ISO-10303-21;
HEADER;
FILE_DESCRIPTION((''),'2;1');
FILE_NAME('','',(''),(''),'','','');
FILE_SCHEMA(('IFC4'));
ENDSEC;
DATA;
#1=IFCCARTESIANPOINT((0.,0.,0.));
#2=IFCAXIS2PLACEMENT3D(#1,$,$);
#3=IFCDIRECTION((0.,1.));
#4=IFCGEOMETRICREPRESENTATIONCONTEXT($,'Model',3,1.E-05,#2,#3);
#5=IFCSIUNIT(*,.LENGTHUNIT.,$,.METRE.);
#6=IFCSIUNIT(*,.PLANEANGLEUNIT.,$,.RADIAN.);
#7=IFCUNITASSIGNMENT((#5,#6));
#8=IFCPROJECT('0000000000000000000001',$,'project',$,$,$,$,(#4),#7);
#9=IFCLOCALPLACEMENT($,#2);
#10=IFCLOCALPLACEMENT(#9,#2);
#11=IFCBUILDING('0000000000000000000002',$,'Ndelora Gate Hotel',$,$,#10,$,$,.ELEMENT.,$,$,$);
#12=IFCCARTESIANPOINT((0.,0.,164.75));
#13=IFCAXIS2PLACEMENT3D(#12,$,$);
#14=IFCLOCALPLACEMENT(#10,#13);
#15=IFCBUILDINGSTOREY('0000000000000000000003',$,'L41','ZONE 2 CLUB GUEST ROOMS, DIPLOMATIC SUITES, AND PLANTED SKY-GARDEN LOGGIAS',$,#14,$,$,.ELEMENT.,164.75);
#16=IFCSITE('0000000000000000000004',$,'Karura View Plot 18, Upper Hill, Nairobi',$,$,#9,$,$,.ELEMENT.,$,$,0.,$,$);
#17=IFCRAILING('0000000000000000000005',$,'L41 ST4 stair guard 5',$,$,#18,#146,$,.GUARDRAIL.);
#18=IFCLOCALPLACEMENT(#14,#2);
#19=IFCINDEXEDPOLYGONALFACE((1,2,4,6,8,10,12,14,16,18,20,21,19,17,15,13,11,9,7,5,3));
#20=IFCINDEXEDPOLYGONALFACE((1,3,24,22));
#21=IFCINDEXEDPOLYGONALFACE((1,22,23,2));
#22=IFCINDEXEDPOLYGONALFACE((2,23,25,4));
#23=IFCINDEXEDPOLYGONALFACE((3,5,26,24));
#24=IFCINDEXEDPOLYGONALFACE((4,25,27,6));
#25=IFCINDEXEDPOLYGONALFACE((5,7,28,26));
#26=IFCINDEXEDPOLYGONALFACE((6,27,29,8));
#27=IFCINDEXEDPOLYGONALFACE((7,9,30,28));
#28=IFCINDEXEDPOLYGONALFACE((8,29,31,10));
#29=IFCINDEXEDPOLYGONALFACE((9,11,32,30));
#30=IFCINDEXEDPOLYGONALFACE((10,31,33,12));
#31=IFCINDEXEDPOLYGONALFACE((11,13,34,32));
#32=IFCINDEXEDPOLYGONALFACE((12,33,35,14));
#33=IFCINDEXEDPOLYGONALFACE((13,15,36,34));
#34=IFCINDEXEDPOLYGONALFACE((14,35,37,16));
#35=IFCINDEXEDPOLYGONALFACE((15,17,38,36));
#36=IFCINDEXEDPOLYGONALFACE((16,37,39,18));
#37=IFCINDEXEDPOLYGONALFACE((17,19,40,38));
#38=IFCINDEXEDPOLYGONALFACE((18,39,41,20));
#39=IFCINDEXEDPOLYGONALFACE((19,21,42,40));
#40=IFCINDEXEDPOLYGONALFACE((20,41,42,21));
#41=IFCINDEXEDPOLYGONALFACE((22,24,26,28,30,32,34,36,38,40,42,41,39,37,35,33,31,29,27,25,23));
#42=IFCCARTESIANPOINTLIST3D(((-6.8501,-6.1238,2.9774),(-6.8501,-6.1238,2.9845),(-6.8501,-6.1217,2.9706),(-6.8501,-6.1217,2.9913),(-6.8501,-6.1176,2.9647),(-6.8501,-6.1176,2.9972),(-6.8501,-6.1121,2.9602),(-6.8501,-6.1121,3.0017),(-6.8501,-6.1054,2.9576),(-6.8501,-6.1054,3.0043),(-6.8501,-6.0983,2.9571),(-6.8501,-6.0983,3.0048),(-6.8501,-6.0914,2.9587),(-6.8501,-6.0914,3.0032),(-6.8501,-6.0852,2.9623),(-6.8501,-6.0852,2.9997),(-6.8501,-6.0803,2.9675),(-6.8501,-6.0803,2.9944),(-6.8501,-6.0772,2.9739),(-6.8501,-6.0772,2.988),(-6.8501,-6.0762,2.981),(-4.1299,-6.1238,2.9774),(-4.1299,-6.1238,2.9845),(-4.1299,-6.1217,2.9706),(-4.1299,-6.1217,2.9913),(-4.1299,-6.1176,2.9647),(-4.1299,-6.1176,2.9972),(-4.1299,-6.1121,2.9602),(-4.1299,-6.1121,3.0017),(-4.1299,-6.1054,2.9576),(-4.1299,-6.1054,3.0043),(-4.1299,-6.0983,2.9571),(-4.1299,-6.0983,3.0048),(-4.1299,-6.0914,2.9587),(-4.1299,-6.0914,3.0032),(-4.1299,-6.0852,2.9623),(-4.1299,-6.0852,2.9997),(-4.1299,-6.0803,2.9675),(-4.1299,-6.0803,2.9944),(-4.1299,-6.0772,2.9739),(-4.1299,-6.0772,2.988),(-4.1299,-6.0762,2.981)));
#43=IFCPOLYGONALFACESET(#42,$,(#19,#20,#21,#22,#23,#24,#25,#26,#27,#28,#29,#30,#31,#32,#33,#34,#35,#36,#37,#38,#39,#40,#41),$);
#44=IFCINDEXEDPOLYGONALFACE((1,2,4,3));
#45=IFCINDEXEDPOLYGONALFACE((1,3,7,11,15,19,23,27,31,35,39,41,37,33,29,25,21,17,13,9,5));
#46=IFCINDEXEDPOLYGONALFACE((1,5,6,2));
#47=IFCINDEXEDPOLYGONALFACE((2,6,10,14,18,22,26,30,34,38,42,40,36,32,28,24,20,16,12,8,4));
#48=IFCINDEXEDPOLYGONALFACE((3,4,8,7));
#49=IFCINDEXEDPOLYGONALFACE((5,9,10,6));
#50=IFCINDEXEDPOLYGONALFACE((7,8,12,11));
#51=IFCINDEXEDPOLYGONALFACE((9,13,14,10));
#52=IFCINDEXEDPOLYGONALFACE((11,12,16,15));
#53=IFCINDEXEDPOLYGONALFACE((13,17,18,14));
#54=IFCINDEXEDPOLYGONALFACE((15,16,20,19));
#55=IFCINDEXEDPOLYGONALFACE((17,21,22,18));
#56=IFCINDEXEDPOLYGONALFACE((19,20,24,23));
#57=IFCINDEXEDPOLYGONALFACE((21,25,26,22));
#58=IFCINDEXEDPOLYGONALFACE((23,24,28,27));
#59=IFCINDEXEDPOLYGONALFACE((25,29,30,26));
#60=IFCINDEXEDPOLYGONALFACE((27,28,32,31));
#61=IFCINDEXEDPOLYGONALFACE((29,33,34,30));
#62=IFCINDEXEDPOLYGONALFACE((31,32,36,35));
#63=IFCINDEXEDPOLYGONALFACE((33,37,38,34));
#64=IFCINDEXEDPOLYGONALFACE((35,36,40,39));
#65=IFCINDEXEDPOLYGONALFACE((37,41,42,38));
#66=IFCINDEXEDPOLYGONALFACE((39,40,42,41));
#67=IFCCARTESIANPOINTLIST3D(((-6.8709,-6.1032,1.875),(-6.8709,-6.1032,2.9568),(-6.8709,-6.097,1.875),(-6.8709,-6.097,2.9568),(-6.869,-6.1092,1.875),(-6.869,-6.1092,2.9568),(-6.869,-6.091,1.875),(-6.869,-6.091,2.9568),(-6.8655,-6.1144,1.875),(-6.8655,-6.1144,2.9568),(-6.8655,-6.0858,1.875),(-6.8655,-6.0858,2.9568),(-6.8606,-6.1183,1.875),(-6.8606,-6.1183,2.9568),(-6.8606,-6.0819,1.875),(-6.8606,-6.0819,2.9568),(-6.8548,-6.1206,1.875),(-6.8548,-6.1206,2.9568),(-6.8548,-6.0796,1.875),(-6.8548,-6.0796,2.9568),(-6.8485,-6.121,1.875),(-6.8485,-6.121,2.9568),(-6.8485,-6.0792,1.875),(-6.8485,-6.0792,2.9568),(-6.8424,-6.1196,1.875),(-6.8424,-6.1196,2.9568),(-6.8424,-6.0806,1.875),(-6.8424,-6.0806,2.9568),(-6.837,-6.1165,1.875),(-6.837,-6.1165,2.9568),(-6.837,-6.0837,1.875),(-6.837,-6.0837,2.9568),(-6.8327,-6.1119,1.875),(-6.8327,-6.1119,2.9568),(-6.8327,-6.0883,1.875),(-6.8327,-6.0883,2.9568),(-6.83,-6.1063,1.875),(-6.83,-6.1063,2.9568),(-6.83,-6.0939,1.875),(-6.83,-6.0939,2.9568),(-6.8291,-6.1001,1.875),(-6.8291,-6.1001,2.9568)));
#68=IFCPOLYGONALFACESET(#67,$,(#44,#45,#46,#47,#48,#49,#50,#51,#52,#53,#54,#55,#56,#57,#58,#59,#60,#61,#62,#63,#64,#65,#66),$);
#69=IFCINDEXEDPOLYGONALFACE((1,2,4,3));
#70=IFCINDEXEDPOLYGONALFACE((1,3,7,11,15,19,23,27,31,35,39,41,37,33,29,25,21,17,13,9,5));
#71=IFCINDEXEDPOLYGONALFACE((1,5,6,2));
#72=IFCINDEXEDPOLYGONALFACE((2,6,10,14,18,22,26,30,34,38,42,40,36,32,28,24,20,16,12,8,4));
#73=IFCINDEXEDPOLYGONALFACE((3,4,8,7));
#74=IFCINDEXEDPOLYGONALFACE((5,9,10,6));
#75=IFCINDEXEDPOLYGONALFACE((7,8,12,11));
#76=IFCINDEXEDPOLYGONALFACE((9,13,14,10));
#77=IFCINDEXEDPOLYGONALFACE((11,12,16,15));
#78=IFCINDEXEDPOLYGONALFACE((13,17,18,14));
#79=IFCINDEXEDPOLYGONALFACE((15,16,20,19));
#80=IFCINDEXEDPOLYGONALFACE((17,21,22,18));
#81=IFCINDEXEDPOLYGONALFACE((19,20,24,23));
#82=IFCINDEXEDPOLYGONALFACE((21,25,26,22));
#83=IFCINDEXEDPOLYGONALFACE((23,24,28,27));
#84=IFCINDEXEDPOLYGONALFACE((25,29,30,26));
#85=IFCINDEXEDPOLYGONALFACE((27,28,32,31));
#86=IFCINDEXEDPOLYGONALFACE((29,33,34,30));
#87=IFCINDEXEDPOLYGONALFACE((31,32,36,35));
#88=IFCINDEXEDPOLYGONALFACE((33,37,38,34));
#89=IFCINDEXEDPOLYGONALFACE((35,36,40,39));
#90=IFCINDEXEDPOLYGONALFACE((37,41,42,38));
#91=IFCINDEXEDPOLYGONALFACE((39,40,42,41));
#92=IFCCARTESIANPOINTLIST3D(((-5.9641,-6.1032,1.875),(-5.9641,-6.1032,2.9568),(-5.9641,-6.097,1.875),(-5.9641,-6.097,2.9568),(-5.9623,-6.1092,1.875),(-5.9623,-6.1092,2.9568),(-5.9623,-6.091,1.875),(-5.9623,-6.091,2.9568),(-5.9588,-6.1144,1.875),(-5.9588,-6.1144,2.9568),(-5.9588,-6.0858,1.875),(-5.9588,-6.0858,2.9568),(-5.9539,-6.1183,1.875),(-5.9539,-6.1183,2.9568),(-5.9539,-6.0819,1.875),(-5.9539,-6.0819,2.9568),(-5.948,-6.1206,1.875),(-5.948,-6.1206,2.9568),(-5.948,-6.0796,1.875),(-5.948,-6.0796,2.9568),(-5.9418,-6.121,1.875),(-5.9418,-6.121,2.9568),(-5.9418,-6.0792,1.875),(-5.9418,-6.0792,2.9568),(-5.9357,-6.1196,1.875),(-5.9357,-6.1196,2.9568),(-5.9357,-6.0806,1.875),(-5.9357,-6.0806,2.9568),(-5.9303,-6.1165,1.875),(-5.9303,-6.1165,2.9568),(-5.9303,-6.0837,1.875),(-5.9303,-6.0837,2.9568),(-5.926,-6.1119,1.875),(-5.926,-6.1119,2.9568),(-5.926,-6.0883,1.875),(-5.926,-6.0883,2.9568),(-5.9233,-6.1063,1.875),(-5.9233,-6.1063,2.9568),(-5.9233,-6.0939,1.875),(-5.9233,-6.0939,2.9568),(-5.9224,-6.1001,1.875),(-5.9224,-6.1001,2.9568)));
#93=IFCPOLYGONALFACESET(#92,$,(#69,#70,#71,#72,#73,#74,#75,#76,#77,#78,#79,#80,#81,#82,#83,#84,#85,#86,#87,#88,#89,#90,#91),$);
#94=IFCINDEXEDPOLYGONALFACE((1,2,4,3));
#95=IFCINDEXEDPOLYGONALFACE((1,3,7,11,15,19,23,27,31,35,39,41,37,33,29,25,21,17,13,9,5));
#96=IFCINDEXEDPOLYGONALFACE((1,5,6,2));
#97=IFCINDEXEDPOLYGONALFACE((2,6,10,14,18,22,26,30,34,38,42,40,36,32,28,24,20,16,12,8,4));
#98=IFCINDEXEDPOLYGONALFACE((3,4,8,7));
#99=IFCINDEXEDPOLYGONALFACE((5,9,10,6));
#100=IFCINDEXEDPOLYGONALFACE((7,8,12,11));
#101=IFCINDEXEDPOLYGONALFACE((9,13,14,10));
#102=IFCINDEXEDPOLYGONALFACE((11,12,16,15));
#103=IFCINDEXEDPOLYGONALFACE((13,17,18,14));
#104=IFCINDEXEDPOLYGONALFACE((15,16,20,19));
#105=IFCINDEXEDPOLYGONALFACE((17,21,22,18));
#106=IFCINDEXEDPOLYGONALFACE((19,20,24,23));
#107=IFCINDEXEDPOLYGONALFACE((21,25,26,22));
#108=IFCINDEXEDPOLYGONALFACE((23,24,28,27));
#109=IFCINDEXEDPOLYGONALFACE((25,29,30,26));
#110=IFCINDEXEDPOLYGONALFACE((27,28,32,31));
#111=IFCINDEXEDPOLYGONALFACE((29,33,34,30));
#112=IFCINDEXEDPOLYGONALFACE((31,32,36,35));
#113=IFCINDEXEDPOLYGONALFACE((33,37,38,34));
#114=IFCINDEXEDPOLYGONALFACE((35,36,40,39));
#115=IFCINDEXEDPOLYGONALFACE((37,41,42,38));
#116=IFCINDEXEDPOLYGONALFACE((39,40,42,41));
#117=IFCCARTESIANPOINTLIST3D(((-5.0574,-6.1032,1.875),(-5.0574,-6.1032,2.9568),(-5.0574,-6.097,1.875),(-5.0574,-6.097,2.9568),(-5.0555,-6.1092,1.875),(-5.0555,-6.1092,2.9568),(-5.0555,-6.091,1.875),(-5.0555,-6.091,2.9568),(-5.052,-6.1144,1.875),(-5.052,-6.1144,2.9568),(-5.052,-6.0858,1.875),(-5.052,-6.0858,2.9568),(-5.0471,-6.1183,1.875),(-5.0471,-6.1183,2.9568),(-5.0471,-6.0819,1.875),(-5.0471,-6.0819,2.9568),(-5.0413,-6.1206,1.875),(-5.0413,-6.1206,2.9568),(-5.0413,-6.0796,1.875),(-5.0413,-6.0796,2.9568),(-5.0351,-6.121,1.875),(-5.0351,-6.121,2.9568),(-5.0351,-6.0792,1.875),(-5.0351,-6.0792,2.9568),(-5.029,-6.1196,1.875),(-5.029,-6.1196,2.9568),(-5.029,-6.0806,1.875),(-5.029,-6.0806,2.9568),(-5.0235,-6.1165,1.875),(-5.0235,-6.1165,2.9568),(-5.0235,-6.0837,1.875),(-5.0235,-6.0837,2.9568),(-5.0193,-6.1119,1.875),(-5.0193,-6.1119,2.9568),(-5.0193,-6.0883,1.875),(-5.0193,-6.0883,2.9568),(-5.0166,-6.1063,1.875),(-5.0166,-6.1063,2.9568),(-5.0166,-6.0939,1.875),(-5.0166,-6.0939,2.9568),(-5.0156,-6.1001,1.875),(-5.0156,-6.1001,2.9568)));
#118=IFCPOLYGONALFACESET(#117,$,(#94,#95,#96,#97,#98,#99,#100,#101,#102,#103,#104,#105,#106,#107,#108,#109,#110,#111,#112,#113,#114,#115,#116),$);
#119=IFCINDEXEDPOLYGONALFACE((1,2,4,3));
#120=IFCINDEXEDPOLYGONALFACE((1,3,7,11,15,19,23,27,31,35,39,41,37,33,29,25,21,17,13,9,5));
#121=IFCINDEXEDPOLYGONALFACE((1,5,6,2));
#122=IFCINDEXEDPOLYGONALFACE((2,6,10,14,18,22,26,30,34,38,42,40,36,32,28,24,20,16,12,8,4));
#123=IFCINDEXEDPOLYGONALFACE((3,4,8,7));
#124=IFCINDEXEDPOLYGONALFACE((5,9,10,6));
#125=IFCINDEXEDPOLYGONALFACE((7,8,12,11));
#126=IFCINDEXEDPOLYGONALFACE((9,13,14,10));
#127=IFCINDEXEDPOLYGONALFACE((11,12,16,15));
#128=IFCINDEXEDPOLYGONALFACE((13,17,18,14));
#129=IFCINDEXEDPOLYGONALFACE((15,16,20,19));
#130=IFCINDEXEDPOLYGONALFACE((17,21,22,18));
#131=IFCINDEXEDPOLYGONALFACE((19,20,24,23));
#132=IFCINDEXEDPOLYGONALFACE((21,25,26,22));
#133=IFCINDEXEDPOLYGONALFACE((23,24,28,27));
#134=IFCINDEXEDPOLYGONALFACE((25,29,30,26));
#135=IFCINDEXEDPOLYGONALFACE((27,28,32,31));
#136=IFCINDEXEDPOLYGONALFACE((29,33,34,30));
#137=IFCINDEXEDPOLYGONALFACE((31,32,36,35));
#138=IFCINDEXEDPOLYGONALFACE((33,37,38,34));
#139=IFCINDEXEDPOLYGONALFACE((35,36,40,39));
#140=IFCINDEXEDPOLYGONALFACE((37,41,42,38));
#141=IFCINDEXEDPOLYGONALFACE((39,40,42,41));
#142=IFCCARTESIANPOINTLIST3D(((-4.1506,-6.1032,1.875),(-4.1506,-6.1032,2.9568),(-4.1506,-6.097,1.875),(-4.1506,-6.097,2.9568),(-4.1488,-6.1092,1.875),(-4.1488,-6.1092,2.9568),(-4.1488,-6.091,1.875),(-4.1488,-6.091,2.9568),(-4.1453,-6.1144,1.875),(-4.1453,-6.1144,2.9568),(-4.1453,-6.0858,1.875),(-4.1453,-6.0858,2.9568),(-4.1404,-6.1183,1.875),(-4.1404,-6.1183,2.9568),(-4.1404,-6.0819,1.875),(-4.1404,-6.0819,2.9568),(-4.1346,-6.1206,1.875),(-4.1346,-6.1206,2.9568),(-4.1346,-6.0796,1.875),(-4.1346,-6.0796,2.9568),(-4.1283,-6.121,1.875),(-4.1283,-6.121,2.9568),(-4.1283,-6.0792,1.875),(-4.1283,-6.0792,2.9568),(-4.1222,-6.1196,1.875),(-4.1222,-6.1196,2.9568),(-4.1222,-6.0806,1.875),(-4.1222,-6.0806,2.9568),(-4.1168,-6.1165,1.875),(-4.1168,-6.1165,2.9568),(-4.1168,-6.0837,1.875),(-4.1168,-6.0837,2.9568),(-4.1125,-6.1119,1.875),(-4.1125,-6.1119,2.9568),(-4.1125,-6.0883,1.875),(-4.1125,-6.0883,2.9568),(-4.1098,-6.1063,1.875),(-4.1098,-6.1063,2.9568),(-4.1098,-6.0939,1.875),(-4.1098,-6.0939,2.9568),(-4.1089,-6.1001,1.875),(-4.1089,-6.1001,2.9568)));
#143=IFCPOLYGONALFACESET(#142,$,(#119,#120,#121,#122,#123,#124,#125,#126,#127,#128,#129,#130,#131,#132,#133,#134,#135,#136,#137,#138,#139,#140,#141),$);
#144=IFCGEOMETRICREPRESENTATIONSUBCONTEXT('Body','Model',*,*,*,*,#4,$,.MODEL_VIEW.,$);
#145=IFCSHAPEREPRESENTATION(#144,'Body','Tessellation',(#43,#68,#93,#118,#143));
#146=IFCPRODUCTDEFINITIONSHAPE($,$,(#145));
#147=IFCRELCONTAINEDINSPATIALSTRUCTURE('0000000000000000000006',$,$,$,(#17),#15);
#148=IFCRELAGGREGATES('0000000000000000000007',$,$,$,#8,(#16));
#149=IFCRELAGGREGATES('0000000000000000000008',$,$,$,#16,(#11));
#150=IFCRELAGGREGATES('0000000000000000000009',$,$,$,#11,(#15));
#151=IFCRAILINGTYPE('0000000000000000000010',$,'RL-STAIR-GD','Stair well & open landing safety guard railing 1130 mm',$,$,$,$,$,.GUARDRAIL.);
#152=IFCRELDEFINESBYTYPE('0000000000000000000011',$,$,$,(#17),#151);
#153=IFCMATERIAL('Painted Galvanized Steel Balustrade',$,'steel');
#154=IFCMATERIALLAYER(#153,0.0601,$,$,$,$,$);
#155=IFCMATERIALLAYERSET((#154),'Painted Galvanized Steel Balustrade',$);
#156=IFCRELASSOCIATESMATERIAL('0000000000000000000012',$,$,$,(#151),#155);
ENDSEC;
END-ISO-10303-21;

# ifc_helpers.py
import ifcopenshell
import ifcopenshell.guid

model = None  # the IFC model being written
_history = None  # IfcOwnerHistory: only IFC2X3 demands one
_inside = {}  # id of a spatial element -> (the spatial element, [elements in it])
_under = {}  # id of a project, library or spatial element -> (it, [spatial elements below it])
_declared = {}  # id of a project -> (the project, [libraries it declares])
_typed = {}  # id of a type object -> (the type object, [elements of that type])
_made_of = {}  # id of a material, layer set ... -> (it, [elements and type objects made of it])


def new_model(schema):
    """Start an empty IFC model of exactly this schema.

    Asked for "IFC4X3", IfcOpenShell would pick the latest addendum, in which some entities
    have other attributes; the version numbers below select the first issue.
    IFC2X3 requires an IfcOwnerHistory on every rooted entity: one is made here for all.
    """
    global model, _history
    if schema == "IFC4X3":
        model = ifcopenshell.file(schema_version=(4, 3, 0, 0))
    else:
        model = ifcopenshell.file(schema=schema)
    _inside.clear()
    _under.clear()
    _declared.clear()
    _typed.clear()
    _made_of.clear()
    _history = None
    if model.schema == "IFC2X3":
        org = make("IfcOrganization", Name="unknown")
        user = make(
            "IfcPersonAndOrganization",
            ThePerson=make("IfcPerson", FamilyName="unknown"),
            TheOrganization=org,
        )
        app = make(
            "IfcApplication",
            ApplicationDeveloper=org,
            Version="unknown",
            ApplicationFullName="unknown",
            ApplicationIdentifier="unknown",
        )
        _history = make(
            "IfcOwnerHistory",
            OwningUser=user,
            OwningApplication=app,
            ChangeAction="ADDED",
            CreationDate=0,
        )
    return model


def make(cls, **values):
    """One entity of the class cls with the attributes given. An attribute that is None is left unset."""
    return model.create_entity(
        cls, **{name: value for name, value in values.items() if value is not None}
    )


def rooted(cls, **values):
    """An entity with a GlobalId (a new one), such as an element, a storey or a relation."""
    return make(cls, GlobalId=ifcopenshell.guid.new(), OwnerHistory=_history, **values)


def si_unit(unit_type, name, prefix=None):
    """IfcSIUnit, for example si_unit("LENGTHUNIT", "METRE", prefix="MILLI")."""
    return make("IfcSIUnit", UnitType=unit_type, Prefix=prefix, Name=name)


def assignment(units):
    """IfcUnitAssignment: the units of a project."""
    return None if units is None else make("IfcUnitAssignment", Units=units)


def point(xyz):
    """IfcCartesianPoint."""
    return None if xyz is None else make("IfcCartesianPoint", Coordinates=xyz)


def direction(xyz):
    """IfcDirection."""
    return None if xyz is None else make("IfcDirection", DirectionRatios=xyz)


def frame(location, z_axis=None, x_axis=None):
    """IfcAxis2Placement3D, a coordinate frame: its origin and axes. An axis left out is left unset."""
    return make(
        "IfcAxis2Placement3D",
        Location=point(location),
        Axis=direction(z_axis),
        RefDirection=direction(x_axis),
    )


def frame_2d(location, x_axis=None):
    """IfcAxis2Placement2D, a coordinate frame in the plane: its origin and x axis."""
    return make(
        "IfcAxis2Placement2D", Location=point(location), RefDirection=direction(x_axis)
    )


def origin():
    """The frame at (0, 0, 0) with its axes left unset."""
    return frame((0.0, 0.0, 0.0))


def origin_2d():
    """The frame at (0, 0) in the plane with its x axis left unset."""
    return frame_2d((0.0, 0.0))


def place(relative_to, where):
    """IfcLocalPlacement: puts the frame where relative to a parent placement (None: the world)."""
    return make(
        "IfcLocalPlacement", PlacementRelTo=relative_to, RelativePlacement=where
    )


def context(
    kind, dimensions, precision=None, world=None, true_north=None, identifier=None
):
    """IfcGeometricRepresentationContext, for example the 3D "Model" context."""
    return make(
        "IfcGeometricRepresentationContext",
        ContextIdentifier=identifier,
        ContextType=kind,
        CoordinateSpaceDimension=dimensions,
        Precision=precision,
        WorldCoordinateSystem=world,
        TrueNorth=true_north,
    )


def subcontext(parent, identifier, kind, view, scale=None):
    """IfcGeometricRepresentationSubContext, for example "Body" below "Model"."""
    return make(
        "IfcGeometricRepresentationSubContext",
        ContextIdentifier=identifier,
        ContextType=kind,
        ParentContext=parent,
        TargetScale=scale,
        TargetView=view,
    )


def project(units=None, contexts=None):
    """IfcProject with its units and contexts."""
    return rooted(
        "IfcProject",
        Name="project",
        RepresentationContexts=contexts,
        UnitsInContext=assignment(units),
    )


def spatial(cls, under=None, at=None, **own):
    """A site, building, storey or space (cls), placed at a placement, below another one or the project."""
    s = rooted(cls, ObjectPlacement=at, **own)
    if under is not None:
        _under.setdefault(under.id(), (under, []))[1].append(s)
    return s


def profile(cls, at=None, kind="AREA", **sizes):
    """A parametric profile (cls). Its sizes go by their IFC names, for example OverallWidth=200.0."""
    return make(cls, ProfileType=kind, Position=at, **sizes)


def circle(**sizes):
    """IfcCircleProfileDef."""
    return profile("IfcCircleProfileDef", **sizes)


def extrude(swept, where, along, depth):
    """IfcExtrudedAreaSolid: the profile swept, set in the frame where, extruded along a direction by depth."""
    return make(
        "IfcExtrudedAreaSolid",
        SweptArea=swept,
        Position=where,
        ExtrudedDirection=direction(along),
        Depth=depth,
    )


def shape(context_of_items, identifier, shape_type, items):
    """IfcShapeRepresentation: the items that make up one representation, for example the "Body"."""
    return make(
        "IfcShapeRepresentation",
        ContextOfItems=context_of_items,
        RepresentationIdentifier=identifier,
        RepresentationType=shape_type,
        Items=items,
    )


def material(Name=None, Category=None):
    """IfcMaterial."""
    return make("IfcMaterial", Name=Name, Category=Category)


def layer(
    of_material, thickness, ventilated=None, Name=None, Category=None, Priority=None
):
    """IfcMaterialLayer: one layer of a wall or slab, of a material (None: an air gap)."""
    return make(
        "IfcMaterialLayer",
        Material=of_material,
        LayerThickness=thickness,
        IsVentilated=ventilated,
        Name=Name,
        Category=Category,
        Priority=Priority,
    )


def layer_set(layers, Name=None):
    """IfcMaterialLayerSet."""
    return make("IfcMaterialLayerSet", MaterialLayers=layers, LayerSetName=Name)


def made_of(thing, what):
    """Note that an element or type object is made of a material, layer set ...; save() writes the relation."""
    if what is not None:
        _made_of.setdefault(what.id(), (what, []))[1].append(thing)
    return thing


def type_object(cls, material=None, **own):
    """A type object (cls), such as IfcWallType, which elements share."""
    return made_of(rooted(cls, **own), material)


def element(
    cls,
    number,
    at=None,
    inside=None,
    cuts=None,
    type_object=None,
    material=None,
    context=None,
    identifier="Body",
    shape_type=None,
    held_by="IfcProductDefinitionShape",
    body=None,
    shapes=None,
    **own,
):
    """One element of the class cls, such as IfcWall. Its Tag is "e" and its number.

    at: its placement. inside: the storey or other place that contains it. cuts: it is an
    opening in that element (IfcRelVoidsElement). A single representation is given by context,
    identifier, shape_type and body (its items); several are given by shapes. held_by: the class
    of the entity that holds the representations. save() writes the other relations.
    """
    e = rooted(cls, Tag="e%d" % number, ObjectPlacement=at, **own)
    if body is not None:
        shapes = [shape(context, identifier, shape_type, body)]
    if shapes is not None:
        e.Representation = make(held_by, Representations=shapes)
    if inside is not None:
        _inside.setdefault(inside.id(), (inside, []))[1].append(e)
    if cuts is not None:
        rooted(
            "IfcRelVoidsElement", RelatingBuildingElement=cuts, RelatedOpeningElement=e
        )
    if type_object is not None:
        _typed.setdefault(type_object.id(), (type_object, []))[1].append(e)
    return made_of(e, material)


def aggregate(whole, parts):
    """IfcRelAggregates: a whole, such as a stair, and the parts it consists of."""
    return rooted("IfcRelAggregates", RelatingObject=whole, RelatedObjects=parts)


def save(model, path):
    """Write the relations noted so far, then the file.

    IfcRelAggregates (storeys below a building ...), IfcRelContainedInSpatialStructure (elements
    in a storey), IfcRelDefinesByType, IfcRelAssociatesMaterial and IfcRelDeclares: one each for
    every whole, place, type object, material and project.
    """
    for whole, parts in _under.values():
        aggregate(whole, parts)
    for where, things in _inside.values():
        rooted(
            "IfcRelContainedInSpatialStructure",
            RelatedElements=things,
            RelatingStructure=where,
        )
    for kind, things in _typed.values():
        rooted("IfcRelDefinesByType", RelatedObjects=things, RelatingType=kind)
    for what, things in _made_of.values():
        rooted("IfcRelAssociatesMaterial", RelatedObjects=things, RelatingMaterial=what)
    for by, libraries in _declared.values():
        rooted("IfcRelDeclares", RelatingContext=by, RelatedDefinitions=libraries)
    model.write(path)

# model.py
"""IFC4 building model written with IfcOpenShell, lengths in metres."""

from ifc_helpers import new_model, si_unit, direction, frame, origin, origin_2d, place, context, subcontext, project, spatial, circle, extrude, material, layer, layer_set, type_object, element, save


model = new_model("IFC4")

# Units and contexts
model_context = context("Model", 3, precision=1e-05, world=origin(), true_north=direction((0.0, 1.0)))
body_context = subcontext(model_context, "Body", "Model", "MODEL_VIEW")
ifc_project = project(units=[si_unit("LENGTHUNIT", "METRE"), si_unit("PLANEANGLEUNIT", "RADIAN")], contexts=[model_context])

# Site, building, storey
site_placement = place(None, origin())
site = spatial("IfcSite", under=ifc_project, at=site_placement, Name="Karura View Plot 18, Upper Hill, Nairobi", CompositionType="ELEMENT", RefElevation=0.0)
building_placement = place(site_placement, origin())
building = spatial("IfcBuilding", under=site, at=building_placement, Name="Ndelora Gate Hotel", CompositionType="ELEMENT")
storey_placement = place(building_placement, frame((0.0, 0.0, 164.75)))
storey = spatial("IfcBuildingStorey", under=building, at=storey_placement, Name="L41", Description="ZONE 2 CLUB GUEST ROOMS, DIPLOMATIC SUITES, AND PLANTED SKY-GARDEN LOGGIAS", CompositionType="ELEMENT", Elevation=164.75)

# Railing
ifc_material_1 = material(Name="Painted Galvanized Steel Balustrade", Category="steel")
ifc_layer_1 = layer(ifc_material_1, 0.0601)
ifc_layer_set_1 = layer_set([ifc_layer_1], Name="Painted Galvanized Steel Balustrade")
railing_type_1 = type_object("IfcRailingType", Name="RL-STAIR-GD", Description="Stair well & open landing safety guard railing 1130 mm", PredefinedType="GUARDRAIL", material=ifc_layer_set_1)
railing_1_placement = place(storey_placement, frame((-6.8501, -6.1001, 1.875)))
element("IfcRailing", 1, at=railing_1_placement, inside=storey, type_object=railing_type_1, Name="L41 ST4 stair guard 5", PredefinedType="GUARDRAIL", context=body_context, shape_type="SweptSolid", body=[
    extrude(circle(Radius=0.0239, at=origin_2d()), frame((0.0, 0.0, 1.106), z_axis=(1.0, 0.0, 0.0), x_axis=(0.0, 1.0, 0.0)), (0.0, 0.0, 1.0), 2.7202),
    extrude(circle(Radius=0.021, at=origin_2d()), origin(), (0.0, 0.0, 1.0), 1.0818),
    extrude(circle(Radius=0.021, at=origin_2d()), frame((0.9067, 0.0, 0.0)), (0.0, 0.0, 1.0), 1.0818),
    extrude(circle(Radius=0.021, at=origin_2d()), frame((1.8135, 0.0, 0.0)), (0.0, 0.0, 1.0), 1.0818),
    extrude(circle(Radius=0.021, at=origin_2d()), frame((2.7202, 0.0, 0.0)), (0.0, 0.0, 1.0), 1.0818),
])

save(model, "model.ifc")
